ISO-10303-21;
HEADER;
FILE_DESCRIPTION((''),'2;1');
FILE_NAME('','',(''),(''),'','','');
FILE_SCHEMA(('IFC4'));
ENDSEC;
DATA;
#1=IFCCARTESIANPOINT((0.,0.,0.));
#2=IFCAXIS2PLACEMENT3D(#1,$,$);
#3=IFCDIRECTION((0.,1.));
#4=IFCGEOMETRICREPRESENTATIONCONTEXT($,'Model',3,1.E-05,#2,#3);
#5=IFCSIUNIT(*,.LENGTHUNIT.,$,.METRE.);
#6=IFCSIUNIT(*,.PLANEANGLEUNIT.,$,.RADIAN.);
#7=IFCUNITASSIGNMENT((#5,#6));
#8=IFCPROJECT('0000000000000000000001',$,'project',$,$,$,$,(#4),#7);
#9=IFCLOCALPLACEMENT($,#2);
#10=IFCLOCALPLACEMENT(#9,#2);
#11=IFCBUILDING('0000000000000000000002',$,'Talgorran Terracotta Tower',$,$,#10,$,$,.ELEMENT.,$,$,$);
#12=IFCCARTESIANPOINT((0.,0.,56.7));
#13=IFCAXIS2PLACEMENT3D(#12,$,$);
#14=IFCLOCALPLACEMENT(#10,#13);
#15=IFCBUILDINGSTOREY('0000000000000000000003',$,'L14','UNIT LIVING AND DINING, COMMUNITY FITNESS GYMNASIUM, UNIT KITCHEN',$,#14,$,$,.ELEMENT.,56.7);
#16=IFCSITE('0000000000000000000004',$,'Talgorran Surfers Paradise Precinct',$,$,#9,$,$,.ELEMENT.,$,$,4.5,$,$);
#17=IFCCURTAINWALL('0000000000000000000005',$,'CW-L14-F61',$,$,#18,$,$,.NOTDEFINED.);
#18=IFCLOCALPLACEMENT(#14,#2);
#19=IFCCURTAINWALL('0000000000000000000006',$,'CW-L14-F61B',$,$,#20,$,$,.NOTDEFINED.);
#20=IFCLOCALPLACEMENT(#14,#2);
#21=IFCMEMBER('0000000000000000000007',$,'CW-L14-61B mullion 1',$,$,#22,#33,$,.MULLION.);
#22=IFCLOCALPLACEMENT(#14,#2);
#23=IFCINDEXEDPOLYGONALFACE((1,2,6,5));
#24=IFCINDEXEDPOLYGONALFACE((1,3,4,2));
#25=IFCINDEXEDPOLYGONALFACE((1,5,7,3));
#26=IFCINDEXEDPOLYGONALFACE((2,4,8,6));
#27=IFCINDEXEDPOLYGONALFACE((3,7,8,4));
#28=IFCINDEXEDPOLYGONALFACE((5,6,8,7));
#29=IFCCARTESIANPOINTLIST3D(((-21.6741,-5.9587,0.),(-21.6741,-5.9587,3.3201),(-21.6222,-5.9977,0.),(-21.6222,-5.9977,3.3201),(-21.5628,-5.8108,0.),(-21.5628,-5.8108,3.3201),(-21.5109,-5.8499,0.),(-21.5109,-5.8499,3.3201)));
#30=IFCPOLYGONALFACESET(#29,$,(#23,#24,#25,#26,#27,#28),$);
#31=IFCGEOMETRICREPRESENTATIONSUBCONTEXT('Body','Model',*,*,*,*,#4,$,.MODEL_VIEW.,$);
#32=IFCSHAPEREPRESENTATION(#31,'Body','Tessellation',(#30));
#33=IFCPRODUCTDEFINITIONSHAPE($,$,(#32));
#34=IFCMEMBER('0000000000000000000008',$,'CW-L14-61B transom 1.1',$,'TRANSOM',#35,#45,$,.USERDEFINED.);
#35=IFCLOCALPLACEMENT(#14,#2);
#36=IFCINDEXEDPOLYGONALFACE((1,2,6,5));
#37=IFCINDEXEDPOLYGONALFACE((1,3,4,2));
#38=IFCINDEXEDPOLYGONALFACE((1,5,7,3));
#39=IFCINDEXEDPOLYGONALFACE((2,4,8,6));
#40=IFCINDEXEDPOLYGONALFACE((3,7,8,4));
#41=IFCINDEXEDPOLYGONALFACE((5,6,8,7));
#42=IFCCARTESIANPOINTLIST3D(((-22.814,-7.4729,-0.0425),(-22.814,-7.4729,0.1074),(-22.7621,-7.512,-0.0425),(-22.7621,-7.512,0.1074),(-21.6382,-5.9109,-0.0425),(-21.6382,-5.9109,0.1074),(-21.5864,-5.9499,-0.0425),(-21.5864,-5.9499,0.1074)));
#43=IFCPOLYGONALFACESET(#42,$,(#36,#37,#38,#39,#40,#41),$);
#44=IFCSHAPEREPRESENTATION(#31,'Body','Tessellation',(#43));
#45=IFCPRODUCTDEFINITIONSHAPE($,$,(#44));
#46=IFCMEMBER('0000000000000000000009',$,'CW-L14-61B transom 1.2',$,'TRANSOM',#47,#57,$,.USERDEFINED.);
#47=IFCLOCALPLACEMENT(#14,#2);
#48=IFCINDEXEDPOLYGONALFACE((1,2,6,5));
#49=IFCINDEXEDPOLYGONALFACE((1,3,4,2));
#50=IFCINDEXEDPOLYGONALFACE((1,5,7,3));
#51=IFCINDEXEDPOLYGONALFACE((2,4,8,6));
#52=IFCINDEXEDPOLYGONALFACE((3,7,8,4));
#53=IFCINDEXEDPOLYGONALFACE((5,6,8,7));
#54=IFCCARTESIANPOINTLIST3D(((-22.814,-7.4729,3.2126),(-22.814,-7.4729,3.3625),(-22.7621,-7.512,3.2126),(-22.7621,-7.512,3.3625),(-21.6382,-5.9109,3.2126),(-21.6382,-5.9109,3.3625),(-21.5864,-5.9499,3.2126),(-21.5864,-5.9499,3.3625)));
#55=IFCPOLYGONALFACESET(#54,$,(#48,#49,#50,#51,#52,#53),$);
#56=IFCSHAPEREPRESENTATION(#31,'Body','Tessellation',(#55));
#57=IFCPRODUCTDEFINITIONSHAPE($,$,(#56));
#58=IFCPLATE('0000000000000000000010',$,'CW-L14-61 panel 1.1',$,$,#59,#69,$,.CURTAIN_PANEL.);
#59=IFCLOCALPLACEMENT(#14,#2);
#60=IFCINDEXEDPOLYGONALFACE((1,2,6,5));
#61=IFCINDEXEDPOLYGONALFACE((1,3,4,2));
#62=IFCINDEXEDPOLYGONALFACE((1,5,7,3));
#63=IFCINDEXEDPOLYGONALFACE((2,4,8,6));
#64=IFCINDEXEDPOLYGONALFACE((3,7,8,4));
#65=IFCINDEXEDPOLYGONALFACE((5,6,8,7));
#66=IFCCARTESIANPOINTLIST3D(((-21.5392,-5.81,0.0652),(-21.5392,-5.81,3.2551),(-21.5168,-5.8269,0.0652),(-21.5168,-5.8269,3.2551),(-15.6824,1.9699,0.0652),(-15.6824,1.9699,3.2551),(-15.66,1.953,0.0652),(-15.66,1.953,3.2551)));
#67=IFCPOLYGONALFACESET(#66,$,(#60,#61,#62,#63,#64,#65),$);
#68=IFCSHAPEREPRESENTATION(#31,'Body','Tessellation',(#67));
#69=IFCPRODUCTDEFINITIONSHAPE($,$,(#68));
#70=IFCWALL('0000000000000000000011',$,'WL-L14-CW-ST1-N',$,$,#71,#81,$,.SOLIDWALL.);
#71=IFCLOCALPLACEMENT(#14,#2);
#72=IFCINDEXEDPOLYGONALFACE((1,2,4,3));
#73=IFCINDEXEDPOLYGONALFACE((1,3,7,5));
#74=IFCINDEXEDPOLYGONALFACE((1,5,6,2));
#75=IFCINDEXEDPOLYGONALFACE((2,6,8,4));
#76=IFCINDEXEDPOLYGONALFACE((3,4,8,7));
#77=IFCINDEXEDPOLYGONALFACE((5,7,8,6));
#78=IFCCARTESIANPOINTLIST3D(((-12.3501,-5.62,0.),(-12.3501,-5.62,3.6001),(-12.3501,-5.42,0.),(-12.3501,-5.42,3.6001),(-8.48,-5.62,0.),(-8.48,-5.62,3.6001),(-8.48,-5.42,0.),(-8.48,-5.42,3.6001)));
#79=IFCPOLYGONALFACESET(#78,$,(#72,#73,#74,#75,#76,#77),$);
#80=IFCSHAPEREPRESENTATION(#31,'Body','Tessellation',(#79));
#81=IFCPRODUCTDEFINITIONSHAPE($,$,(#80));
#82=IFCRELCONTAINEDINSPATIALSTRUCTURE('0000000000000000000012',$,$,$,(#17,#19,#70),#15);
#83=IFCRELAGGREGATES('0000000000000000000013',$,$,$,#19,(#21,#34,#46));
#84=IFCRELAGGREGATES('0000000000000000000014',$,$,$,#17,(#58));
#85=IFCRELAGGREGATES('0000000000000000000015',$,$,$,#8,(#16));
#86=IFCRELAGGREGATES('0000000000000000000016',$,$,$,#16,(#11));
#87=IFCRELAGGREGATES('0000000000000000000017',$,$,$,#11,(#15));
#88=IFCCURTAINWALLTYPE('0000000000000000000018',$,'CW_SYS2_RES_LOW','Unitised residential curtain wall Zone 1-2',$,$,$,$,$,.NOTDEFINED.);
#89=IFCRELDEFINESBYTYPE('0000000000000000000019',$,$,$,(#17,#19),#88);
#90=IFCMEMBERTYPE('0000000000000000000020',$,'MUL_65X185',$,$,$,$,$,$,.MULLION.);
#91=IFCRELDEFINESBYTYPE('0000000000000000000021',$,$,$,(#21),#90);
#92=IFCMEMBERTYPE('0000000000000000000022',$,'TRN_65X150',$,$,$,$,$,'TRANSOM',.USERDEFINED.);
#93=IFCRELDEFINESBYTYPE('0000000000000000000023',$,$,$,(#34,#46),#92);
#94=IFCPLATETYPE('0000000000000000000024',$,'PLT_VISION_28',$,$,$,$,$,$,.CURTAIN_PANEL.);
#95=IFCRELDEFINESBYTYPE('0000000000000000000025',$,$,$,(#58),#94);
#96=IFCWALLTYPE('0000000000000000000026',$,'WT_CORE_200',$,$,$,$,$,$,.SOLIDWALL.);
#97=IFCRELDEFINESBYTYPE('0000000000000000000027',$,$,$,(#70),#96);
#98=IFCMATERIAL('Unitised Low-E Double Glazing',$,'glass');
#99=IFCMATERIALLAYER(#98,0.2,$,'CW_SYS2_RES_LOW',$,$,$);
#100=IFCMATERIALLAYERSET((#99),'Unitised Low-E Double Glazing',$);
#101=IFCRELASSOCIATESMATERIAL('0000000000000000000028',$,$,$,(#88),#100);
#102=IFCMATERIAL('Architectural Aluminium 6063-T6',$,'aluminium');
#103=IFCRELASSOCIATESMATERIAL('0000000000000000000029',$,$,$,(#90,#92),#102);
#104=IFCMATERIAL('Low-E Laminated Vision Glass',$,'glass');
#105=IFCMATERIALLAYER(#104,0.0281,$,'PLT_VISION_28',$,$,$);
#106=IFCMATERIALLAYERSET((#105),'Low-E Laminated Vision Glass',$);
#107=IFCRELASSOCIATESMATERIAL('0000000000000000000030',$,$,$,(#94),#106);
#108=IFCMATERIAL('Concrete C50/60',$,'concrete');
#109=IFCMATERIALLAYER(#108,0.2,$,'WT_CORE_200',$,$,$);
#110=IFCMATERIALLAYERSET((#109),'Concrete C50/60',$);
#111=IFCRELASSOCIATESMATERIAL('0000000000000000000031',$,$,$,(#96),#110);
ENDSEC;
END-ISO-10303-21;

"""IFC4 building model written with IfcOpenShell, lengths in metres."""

from ifc_helpers import new_model, si_unit, direction, frame, frame_2d, origin, origin_2d, place, context, subcontext, project, spatial, rectangle, extrude, source, transform, mapped, material, layer, layer_set, material_profile, profile_set, type_object, type_shapes, element, aggregate, save


model = new_model("IFC4")

# Units and contexts
model_context = context("Model", 3, precision=1e-05, world=origin(), true_north=direction((0.0, 1.0)))
body_context = subcontext(model_context, "Body", "Model", "MODEL_VIEW")
ifc_project = project(units=[si_unit("LENGTHUNIT", "METRE"), si_unit("PLANEANGLEUNIT", "RADIAN")], contexts=[model_context])

# Site, building, storey
site_placement = place(None, origin())
site = spatial("IfcSite", under=ifc_project, at=site_placement, Name="Talgorran Surfers Paradise Precinct", CompositionType="ELEMENT", RefElevation=4.5)
building_placement = place(site_placement, origin())
building = spatial("IfcBuilding", under=site, at=building_placement, Name="Talgorran Terracotta Tower", CompositionType="ELEMENT")
storey_placement = place(building_placement, frame((0.0, 0.0, 56.7)))
storey = spatial("IfcBuildingStorey", under=building, at=storey_placement, Name="L14", Description="UNIT LIVING AND DINING, COMMUNITY FITNESS GYMNASIUM, UNIT KITCHEN", CompositionType="ELEMENT", Elevation=56.7)

# Curtain wall
ifc_material_1 = material(Name="Unitised Low-E Double Glazing", Category="glass")
ifc_layer_1 = layer(ifc_material_1, 0.2, Name="CW_SYS2_RES_LOW")
ifc_layer_set_1 = layer_set([ifc_layer_1], Name="Unitised Low-E Double Glazing")
curtain_wall_type = type_object("IfcCurtainWallType", Name="CW_SYS2_RES_LOW", Description="Unitised residential curtain wall Zone 1-2", PredefinedType="NOTDEFINED", material=ifc_layer_set_1)
curtain_wall_1_placement = place(storey_placement, origin())
curtain_wall_1 = element("IfcCurtainWall", 1, at=curtain_wall_1_placement, inside=storey, type_object=curtain_wall_type, Name="CW-L14-F61", PredefinedType="NOTDEFINED")
ifc_material_2 = material(Name="Architectural Aluminium 6063-T6", Category="aluminium")
ifc_material_profile_1 = material_profile(ifc_material_2, rectangle(XDim=0.0649, YDim=0.1851, at=origin_2d()), Name="CWM65X185")
ifc_profile_set_1 = profile_set([ifc_material_profile_1], Name="Architectural Aluminium 6063-T6")
member_type_1 = type_object("IfcMemberType", Name="MUL_65X185", PredefinedType="MULLION", material=ifc_profile_set_1)

# Curtain wall, members
curtain_wall_2_placement = place(storey_placement, origin())
curtain_wall_2 = element("IfcCurtainWall", 2, at=curtain_wall_2_placement, inside=storey, type_object=curtain_wall_type, Name="CW-L14-F61B", PredefinedType="NOTDEFINED")
member_1_placement = place(storey_placement, frame((-21.5925, -5.9043, 0.0), z_axis=(0.0, 0.0, 1.0), x_axis=(0.798917, -0.601441, 0.0)))
member_1 = element("IfcMember", 3, at=member_1_placement, type_object=member_type_1, Name="CW-L14-61B mullion 1", PredefinedType="MULLION", context=body_context, shape_type="SweptSolid", body=[
    extrude(rectangle(XDim=0.0649, YDim=0.1851, at=origin_2d()), origin(), (0.0, 0.0, 1.0), 3.3201),
])
ifc_material_profile_2 = material_profile(ifc_material_2, rectangle(XDim=0.0649, YDim=0.1499, at=origin_2d()), Name="CWT65X150")
ifc_profile_set_2 = profile_set([ifc_material_profile_2], Name="Architectural Aluminium 6063-T6")
member_type_2 = type_object("IfcMemberType", Name="TRN_65X150", ElementType="TRANSOM", PredefinedType="USERDEFINED", material=ifc_profile_set_2)
member_2_placement = place(storey_placement, frame((-21.6123, -5.9304, 0.0325), z_axis=(-0.601398, -0.79895, 0.0), x_axis=(0.79895, -0.601398, 0.0)))
member_2 = element("IfcMember", 4, at=member_2_placement, type_object=member_type_2, Name="CW-L14-61B transom 1.1", ObjectType="TRANSOM", PredefinedType="USERDEFINED", context=body_context, shape_type="SweptSolid", body=[
    extrude(rectangle(XDim=0.0649, YDim=0.1499, at=origin_2d()), origin(), (0.0, 0.0, 1.0), 1.9551),
])
member_3_placement = place(storey_placement, frame((-21.6123, -5.9304, 3.2876), z_axis=(-0.601398, -0.79895, 0.0), x_axis=(0.79895, -0.601398, 0.0)))
member_3 = element("IfcMember", 5, at=member_3_placement, type_object=member_type_2, Name="CW-L14-61B transom 1.2", ObjectType="TRANSOM", PredefinedType="USERDEFINED", context=body_context, shape_type="SweptSolid", body=[
    extrude(rectangle(XDim=0.0649, YDim=0.1499, at=origin_2d()), origin(), (0.0, 0.0, 1.0), 1.9551),
])
aggregate(curtain_wall_2, [member_1, member_2, member_3])

# Plate
ifc_material_3 = material(Name="Low-E Laminated Vision Glass", Category="glass")
ifc_layer_2 = layer(ifc_material_3, 0.0281, Name="PLT_VISION_28")
ifc_layer_set_2 = layer_set([ifc_layer_2], Name="Low-E Laminated Vision Glass")
plate_type = type_object("IfcPlateType", Name="PLT_VISION_28", PredefinedType="CURTAIN_PANEL", material=ifc_layer_set_2)
shared_shape = source(origin(), body_context, "Body", "SweptSolid", [
    extrude(rectangle(XDim=9.738, YDim=0.0281, at=origin_2d()), origin(), (0.0, 0.0, 1.0), 3.1899),
])
type_shapes(plate_type, [shared_shape])
plate_placement = place(storey_placement, frame((-18.5996, -1.9285, 0.0652), z_axis=(0.0, 0.0, 1.0), x_axis=(-0.60144, -0.798918, 0.0)))
plate = element("IfcPlate", 6, at=plate_placement, type_object=plate_type, Name="CW-L14-61 panel 1.1", PredefinedType="CURTAIN_PANEL", context=body_context, shape_type="MappedRepresentation", body=[
    mapped(shared_shape, transform((0.0, 0.0, 0.0), scale=1.0)),
])
aggregate(curtain_wall_1, [plate])

# Wall
ifc_material_4 = material(Name="Concrete C50/60", Category="concrete")
ifc_layer_3 = layer(ifc_material_4, 0.2, Name="WT_CORE_200")
ifc_layer_set_3 = layer_set([ifc_layer_3], Name="Concrete C50/60")
wall_type_1 = type_object("IfcWallType", Name="WT_CORE_200", PredefinedType="SOLIDWALL", material=ifc_layer_set_3)
wall_1_placement = place(storey_placement, frame((-12.3501, -5.52, 0.0), z_axis=(0.0, 0.0, 1.0), x_axis=(1.0, 0.0, 0.0)))
element("IfcWall", 7, at=wall_1_placement, inside=storey, type_object=wall_type_1, Name="WL-L14-CW-ST1-N", PredefinedType="SOLIDWALL", context=body_context, shape_type="SweptSolid", body=[
    extrude(rectangle(XDim=3.8701, YDim=0.2, at=frame_2d((1.9351, 0.0))), origin(), (0.0, 0.0, 1.0), 3.6001),
])

save(model, "model.ifc")
